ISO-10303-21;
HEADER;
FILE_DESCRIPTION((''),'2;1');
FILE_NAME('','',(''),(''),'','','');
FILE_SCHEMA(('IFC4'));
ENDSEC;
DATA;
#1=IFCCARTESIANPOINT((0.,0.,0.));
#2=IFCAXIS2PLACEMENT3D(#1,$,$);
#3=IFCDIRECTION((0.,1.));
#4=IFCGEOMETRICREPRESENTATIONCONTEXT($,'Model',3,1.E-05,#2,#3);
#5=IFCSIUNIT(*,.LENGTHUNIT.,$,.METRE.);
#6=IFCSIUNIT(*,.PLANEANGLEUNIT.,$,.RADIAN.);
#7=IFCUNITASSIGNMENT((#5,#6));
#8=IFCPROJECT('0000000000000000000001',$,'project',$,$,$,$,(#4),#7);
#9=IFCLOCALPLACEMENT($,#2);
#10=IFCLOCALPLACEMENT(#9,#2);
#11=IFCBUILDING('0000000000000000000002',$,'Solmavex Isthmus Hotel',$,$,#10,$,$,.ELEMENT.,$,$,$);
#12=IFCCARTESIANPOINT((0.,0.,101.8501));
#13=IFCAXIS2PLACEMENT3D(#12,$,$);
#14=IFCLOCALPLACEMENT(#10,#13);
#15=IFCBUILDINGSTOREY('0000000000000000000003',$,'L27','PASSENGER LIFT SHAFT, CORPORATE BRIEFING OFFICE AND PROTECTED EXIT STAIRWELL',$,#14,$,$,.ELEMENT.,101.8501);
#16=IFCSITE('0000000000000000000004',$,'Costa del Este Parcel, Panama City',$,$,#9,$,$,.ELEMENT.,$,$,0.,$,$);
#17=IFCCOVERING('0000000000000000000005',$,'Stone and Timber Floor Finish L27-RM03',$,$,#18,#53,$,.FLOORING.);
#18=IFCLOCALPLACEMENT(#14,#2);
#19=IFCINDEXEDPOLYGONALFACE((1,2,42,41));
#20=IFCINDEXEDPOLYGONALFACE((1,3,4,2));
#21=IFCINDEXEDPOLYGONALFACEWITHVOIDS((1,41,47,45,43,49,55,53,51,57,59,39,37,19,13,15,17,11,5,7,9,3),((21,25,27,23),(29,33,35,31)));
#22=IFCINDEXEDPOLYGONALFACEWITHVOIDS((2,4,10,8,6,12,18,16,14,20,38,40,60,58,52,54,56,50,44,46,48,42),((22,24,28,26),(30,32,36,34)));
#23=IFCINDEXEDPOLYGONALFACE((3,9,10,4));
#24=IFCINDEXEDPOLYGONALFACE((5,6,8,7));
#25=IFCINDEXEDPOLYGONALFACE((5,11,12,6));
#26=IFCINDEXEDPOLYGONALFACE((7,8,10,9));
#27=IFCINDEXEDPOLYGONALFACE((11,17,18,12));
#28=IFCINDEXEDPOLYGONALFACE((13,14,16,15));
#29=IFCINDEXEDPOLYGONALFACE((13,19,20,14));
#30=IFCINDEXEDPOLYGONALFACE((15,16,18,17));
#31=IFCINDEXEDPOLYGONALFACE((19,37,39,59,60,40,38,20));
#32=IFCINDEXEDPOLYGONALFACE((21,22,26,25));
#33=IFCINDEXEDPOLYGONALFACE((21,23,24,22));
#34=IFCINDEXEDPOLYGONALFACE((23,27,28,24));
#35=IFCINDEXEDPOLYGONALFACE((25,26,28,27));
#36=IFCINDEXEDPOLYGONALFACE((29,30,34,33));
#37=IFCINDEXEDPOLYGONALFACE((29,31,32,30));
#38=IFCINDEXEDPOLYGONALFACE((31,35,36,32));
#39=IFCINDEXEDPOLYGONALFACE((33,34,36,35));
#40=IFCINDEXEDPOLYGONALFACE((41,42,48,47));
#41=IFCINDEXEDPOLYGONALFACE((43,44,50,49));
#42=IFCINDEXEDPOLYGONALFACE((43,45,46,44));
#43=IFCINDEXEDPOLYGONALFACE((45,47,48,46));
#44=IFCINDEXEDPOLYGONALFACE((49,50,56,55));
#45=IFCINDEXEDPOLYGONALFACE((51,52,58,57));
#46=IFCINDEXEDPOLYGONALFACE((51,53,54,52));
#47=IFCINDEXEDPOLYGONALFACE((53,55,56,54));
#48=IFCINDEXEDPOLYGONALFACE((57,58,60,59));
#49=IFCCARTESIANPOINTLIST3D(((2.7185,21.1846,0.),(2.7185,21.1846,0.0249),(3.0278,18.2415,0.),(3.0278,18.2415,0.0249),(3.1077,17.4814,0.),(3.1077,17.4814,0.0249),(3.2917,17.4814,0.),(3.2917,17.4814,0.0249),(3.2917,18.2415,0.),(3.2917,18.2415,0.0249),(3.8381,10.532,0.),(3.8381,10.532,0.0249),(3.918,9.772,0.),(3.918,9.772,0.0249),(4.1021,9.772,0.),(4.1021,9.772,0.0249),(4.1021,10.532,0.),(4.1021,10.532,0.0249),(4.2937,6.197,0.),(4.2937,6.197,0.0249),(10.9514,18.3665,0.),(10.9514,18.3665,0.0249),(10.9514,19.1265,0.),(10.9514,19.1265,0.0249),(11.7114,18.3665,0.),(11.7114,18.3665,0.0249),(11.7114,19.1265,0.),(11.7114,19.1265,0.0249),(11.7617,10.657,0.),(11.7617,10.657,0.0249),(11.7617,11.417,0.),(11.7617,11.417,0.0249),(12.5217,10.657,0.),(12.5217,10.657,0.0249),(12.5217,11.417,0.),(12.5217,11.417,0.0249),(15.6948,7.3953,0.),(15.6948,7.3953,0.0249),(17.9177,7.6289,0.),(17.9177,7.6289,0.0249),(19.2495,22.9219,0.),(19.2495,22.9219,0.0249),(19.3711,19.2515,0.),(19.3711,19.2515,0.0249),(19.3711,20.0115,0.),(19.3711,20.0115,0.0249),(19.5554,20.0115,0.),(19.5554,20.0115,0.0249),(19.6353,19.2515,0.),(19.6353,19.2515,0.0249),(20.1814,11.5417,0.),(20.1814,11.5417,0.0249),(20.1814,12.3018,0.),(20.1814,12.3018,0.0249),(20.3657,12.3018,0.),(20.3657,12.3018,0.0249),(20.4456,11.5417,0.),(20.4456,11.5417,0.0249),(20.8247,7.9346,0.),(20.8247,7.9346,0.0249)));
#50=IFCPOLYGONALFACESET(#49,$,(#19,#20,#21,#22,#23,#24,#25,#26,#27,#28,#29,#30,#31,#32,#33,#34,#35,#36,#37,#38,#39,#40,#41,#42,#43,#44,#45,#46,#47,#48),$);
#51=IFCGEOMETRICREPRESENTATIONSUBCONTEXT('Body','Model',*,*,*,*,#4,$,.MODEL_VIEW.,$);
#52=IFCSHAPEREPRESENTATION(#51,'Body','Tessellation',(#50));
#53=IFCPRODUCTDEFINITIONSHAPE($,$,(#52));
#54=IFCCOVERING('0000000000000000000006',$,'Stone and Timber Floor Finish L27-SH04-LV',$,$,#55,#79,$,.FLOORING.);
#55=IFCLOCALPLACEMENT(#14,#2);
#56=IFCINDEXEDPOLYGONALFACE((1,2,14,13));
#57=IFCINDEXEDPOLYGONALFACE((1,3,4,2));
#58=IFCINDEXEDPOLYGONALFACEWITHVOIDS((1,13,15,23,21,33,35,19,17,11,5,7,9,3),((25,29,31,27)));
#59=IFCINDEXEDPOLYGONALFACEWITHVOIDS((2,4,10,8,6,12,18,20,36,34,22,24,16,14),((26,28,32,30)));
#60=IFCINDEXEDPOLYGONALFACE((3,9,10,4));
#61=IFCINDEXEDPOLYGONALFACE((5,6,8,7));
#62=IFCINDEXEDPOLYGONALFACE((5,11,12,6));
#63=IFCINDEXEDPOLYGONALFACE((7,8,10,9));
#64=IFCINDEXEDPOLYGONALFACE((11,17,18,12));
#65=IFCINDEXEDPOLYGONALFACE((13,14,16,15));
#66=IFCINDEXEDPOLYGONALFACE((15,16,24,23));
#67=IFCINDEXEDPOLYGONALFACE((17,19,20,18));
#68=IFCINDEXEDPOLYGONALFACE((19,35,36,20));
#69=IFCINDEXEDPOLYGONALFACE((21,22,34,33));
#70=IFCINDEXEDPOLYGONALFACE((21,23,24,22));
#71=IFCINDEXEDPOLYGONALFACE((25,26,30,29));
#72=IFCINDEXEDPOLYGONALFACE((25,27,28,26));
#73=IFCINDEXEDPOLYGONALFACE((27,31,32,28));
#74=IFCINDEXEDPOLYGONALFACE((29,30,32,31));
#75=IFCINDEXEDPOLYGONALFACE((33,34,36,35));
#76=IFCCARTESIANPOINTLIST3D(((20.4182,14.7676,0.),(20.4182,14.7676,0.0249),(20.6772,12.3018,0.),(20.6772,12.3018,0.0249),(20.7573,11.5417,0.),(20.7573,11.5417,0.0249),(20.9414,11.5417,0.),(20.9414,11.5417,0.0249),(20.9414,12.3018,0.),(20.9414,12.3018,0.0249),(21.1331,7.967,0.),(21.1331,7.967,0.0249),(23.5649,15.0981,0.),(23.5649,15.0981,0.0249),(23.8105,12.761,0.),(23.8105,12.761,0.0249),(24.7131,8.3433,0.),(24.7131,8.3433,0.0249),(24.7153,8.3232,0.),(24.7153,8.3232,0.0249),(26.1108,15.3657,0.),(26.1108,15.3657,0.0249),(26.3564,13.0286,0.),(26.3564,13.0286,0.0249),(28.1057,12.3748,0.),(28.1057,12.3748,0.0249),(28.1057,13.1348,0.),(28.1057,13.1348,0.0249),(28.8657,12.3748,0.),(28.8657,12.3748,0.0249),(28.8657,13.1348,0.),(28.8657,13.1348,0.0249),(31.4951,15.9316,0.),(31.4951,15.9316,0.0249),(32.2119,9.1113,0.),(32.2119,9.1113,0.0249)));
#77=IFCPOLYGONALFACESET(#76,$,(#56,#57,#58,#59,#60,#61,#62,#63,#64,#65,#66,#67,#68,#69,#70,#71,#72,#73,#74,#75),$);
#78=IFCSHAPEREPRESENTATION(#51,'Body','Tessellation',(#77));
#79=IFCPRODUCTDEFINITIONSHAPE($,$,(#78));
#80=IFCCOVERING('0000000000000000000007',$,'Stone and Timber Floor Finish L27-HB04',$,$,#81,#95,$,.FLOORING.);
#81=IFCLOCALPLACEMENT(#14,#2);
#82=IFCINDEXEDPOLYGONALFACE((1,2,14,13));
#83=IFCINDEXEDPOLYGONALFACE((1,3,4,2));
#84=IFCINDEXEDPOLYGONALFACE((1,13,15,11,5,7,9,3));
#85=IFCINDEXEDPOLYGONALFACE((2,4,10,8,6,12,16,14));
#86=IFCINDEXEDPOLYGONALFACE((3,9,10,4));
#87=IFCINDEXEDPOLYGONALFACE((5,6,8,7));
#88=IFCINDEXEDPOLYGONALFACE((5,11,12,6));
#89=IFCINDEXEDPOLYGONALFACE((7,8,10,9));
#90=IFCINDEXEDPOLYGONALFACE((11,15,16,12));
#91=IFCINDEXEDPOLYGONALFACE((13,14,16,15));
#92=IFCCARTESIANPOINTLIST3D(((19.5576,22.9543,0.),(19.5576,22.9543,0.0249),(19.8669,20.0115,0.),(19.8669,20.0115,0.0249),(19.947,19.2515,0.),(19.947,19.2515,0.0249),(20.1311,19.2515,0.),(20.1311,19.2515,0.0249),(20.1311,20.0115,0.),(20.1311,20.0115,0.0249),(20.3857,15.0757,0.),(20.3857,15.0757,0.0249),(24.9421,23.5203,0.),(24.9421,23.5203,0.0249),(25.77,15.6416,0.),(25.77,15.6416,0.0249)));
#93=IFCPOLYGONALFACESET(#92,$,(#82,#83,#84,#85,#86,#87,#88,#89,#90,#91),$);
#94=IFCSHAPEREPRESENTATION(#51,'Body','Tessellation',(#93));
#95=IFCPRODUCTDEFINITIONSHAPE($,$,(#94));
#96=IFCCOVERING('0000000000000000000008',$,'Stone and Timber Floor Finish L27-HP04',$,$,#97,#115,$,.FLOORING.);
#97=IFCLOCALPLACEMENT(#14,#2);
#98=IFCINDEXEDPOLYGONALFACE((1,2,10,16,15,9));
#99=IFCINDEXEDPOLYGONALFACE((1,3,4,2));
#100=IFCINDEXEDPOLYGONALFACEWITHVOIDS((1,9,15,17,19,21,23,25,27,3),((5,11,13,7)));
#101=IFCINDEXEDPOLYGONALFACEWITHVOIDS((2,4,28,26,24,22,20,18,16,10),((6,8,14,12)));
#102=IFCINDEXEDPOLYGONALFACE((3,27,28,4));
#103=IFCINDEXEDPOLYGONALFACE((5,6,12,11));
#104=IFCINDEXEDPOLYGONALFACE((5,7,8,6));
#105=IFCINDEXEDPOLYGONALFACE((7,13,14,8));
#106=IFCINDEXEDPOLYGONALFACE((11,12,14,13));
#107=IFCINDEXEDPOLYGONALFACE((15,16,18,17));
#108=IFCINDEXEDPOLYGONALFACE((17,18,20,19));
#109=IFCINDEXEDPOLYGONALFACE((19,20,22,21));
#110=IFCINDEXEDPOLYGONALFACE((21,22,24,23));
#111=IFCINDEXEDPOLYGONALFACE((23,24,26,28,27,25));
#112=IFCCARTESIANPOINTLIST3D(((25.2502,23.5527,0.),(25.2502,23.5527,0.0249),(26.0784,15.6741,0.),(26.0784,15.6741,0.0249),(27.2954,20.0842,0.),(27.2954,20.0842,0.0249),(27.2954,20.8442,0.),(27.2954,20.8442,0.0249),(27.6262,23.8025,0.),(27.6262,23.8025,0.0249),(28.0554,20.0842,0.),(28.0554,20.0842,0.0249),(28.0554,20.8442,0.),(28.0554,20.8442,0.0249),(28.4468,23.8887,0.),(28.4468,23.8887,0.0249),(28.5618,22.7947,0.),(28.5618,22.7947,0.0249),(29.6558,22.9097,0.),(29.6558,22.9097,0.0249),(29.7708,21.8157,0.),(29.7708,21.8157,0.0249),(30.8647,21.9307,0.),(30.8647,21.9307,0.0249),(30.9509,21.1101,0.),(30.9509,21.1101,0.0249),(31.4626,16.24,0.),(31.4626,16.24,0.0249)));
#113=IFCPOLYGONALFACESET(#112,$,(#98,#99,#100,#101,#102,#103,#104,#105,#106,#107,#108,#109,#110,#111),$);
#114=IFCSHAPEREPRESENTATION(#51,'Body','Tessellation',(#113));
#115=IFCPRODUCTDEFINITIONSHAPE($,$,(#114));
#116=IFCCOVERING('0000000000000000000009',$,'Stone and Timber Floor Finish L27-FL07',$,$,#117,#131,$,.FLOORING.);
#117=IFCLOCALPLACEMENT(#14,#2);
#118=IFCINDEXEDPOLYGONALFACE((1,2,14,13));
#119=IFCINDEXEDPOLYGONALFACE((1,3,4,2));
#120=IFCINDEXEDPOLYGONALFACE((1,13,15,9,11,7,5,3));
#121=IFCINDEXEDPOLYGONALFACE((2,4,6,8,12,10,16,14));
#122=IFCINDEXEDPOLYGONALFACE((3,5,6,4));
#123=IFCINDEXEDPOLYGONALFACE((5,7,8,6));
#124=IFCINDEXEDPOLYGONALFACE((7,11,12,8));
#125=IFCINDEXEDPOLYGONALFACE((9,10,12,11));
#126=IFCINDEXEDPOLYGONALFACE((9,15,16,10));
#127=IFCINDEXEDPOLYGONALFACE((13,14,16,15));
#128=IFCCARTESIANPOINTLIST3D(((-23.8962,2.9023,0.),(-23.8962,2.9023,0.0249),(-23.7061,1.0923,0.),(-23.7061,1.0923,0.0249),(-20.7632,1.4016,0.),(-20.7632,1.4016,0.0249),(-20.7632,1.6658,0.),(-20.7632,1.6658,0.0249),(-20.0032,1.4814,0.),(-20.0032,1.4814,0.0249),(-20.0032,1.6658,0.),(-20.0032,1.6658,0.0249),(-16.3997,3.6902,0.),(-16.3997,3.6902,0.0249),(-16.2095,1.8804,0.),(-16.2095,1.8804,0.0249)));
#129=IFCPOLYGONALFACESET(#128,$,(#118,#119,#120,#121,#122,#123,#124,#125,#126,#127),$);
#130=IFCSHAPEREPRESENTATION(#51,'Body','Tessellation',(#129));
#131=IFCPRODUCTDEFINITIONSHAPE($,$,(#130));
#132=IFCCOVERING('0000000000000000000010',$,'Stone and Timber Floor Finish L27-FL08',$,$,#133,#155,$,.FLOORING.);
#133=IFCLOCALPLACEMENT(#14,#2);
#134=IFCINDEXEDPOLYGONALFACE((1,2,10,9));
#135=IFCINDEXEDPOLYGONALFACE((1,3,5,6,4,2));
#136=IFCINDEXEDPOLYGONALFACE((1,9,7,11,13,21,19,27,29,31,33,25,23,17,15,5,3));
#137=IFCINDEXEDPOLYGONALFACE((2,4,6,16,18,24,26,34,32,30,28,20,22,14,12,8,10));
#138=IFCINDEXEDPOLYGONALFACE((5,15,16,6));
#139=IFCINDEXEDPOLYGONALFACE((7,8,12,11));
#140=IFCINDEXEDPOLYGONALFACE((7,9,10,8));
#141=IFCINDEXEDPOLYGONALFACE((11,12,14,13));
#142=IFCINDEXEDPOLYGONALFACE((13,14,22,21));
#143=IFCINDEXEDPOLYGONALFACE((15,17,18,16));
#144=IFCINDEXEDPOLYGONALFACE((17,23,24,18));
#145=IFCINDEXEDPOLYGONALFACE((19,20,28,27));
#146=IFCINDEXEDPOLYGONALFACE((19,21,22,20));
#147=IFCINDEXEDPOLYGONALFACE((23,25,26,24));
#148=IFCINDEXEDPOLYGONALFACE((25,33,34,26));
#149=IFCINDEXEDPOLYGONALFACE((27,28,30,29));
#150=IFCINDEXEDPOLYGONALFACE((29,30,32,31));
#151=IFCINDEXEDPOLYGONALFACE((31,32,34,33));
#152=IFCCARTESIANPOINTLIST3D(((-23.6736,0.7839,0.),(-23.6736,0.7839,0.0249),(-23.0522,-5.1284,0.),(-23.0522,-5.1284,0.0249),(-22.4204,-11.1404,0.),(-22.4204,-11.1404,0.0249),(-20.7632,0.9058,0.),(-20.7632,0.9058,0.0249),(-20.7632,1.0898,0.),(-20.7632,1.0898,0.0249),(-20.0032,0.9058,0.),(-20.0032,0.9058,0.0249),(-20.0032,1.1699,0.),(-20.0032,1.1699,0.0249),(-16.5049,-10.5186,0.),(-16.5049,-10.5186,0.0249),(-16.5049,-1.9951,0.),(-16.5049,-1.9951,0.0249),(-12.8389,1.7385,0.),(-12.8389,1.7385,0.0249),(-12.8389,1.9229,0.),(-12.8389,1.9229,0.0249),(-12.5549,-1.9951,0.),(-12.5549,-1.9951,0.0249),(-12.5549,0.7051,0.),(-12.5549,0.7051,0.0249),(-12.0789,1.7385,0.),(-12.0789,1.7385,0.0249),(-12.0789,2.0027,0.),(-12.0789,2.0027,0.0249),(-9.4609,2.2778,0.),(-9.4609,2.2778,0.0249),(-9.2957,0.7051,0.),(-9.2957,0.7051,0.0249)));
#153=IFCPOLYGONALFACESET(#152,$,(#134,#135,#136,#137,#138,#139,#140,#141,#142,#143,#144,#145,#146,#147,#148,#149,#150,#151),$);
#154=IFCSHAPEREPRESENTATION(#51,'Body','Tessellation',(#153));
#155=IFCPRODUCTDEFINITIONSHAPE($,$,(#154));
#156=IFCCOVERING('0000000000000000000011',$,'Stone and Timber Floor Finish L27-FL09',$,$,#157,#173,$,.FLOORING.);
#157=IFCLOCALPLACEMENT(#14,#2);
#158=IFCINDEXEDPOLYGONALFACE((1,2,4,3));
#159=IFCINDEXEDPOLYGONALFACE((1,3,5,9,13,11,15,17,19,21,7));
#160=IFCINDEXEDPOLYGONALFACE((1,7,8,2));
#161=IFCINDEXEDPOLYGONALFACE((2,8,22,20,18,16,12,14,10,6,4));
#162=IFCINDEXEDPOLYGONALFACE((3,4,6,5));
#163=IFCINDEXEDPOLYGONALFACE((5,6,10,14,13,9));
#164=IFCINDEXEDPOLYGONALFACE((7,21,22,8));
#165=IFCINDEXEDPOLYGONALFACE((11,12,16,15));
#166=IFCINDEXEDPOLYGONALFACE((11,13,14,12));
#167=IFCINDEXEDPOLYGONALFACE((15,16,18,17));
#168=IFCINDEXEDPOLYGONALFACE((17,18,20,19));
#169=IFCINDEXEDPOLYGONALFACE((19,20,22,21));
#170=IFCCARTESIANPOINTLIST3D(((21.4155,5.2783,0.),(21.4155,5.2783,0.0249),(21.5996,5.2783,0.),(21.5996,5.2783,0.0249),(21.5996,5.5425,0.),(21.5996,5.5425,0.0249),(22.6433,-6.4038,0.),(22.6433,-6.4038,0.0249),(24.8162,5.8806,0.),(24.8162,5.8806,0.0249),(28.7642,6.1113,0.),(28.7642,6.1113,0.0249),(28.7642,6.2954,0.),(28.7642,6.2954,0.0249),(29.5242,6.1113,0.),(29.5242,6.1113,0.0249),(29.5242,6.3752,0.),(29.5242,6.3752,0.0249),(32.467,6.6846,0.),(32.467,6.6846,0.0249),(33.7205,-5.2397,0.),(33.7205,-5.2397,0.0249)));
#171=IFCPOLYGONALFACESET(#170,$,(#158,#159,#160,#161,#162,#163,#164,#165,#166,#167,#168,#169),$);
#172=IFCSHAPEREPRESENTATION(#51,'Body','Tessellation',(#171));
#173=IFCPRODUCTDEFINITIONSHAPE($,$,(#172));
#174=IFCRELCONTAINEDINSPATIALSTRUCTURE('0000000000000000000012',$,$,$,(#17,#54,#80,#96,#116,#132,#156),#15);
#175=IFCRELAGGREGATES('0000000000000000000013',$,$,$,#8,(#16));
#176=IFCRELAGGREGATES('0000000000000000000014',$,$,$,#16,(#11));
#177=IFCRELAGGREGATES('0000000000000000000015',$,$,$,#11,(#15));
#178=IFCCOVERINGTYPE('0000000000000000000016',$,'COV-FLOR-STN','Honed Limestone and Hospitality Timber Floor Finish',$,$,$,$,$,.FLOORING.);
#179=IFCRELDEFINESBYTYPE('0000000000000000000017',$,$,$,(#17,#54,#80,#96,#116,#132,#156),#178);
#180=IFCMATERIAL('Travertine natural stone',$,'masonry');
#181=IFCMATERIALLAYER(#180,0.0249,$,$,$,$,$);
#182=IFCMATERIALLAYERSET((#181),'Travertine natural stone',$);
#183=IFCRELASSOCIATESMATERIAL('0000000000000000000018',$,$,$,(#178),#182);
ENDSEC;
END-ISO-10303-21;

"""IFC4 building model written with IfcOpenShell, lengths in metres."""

from ifc_helpers import new_model, si_unit, direction, frame, origin, place, context, subcontext, project, spatial, polyline, outline, extrude, material, layer, layer_set, type_object, element, save


model = new_model("IFC4")

# Units and contexts
model_context = context("Model", 3, precision=1e-05, world=origin(), true_north=direction((0.0, 1.0)))
body_context = subcontext(model_context, "Body", "Model", "MODEL_VIEW")
ifc_project = project(units=[si_unit("LENGTHUNIT", "METRE"), si_unit("PLANEANGLEUNIT", "RADIAN")], contexts=[model_context])

# Site, building, storey
site_placement = place(None, origin())
site = spatial("IfcSite", under=ifc_project, at=site_placement, Name="Costa del Este Parcel, Panama City", CompositionType="ELEMENT", RefElevation=0.0)
building_placement = place(site_placement, origin())
building = spatial("IfcBuilding", under=site, at=building_placement, Name="Solmavex Isthmus Hotel", CompositionType="ELEMENT")
storey_placement = place(building_placement, frame((0.0, 0.0, 101.8501)))
storey = spatial("IfcBuildingStorey", under=building, at=storey_placement, Name="L27", Description="PASSENGER LIFT SHAFT, CORPORATE BRIEFING OFFICE AND PROTECTED EXIT STAIRWELL", CompositionType="ELEMENT", Elevation=101.8501)

# Coverings
ifc_material_1 = material(Name="Travertine natural stone", Category="masonry")
ifc_layer_1 = layer(ifc_material_1, 0.0249)
ifc_layer_set_1 = layer_set([ifc_layer_1], Name="Travertine natural stone")
covering_type_1 = type_object("IfcCoveringType", Name="COV-FLOR-STN", Description="Honed Limestone and Hospitality Timber Floor Finish", PredefinedType="FLOORING", material=ifc_layer_set_1)
covering_1_placement = place(storey_placement, origin())
element("IfcCovering", 1, at=covering_1_placement, inside=storey, type_object=covering_type_1, Name="Stone and Timber Floor Finish L27-RM03", PredefinedType="FLOORING", context=body_context, shape_type="SweptSolid", body=[
    extrude(outline(polyline([(3.8381, 10.532), (4.1021, 10.532), (4.1021, 9.772), (3.918, 9.772), (4.2937, 6.197), (15.6948, 7.3953), (17.9177, 7.6289), (20.8247, 7.9346), (20.4456, 11.5417), (20.1814, 11.5417), (20.1814, 12.3018), (20.3657, 12.3018), (19.6353, 19.2515), (19.3711, 19.2515), (19.3711, 20.0115), (19.5554, 20.0115), (19.2495, 22.9219), (2.7185, 21.1846), (3.0278, 18.2415), (3.2917, 18.2415), (3.2917, 17.4814), (3.1077, 17.4814), (3.8381, 10.532)]), holes=[polyline([(11.7617, 10.657), (11.7617, 11.417), (12.5217, 11.417), (12.5217, 10.657), (11.7617, 10.657)]), polyline([(10.9514, 18.3665), (10.9514, 19.1265), (11.7114, 19.1265), (11.7114, 18.3665), (10.9514, 18.3665)])]), origin(), (0.0, 0.0, 1.0), 0.0249),
])
covering_2_placement = place(storey_placement, origin())
element("IfcCovering", 2, at=covering_2_placement, inside=storey, type_object=covering_type_1, Name="Stone and Timber Floor Finish L27-SH04-LV", PredefinedType="FLOORING", context=body_context, shape_type="SweptSolid", body=[
    extrude(outline(polyline([(23.5649, 15.0981), (20.4182, 14.7676), (20.6772, 12.3018), (20.9414, 12.3018), (20.9414, 11.5417), (20.7573, 11.5417), (21.1331, 7.967), (24.7131, 8.3433), (24.7153, 8.3232), (32.2119, 9.1113), (31.4951, 15.9316), (26.1108, 15.3657), (26.3564, 13.0286), (23.8105, 12.761), (23.5649, 15.0981)]), holes=[polyline([(28.1057, 12.3748), (28.1057, 13.1348), (28.8657, 13.1348), (28.8657, 12.3748), (28.1057, 12.3748)])]), origin(), (0.0, 0.0, 1.0), 0.0249),
])
covering_3_placement = place(storey_placement, origin())
element("IfcCovering", 3, at=covering_3_placement, inside=storey, type_object=covering_type_1, Name="Stone and Timber Floor Finish L27-HB04", PredefinedType="FLOORING", context=body_context, shape_type="SweptSolid", body=[
    extrude(outline(polyline([(19.8669, 20.0115), (20.1311, 20.0115), (20.1311, 19.2515), (19.947, 19.2515), (20.3857, 15.0757), (25.77, 15.6416), (24.9421, 23.5203), (19.5576, 22.9543), (19.8669, 20.0115)])), origin(), (0.0, 0.0, 1.0), 0.0249),
])
covering_4_placement = place(storey_placement, origin())
element("IfcCovering", 4, at=covering_4_placement, inside=storey, type_object=covering_type_1, Name="Stone and Timber Floor Finish L27-HP04", PredefinedType="FLOORING", context=body_context, shape_type="SweptSolid", body=[
    extrude(outline(polyline([(30.8647, 21.9307), (29.7708, 21.8157), (29.6558, 22.9097), (28.5618, 22.7947), (28.4468, 23.8887), (27.6262, 23.8025), (25.2502, 23.5527), (26.0784, 15.6741), (31.4626, 16.24), (30.9509, 21.1101), (30.8647, 21.9307)]), holes=[polyline([(27.2954, 20.8442), (28.0554, 20.8442), (28.0554, 20.0842), (27.2954, 20.0842), (27.2954, 20.8442)])]), origin(), (0.0, 0.0, 1.0), 0.0249),
])
covering_5_placement = place(storey_placement, origin())
element("IfcCovering", 5, at=covering_5_placement, inside=storey, type_object=covering_type_1, Name="Stone and Timber Floor Finish L27-FL07", PredefinedType="FLOORING", context=body_context, shape_type="SweptSolid", body=[
    extrude(outline(polyline([(-16.2095, 1.8804), (-16.3997, 3.6902), (-23.8962, 2.9023), (-23.7061, 1.0923), (-20.7632, 1.4016), (-20.7632, 1.6658), (-20.0032, 1.6658), (-20.0032, 1.4814), (-16.2095, 1.8804)])), origin(), (0.0, 0.0, 1.0), 0.0249),
])
covering_6_placement = place(storey_placement, origin())
element("IfcCovering", 6, at=covering_6_placement, inside=storey, type_object=covering_type_1, Name="Stone and Timber Floor Finish L27-FL08", PredefinedType="FLOORING", context=body_context, shape_type="SweptSolid", body=[
    extrude(outline(polyline([(-20.0032, 1.1699), (-20.0032, 0.9058), (-20.7632, 0.9058), (-20.7632, 1.0898), (-23.6736, 0.7839), (-23.0522, -5.1284), (-22.4204, -11.1404), (-16.5049, -10.5186), (-16.5049, -1.9951), (-12.5549, -1.9951), (-12.5549, 0.7051), (-9.2957, 0.7051), (-9.4609, 2.2778), (-12.0789, 2.0027), (-12.0789, 1.7385), (-12.8389, 1.7385), (-12.8389, 1.9229), (-20.0032, 1.1699)])), origin(), (0.0, 0.0, 1.0), 0.0249),
])
covering_7_placement = place(storey_placement, origin())
element("IfcCovering", 7, at=covering_7_placement, inside=storey, type_object=covering_type_1, Name="Stone and Timber Floor Finish L27-FL09", PredefinedType="FLOORING", context=body_context, shape_type="SweptSolid", body=[
    extrude(outline(polyline([(29.5242, 6.3752), (29.5242, 6.1113), (28.7642, 6.1113), (28.7642, 6.2954), (24.8162, 5.8806), (21.5996, 5.5425), (21.5996, 5.2783), (21.4155, 5.2783), (22.6433, -6.4038), (33.7205, -5.2397), (32.467, 6.6846), (29.5242, 6.3752)])), origin(), (0.0, 0.0, 1.0), 0.0249),
])

save(model, "model.ifc")
